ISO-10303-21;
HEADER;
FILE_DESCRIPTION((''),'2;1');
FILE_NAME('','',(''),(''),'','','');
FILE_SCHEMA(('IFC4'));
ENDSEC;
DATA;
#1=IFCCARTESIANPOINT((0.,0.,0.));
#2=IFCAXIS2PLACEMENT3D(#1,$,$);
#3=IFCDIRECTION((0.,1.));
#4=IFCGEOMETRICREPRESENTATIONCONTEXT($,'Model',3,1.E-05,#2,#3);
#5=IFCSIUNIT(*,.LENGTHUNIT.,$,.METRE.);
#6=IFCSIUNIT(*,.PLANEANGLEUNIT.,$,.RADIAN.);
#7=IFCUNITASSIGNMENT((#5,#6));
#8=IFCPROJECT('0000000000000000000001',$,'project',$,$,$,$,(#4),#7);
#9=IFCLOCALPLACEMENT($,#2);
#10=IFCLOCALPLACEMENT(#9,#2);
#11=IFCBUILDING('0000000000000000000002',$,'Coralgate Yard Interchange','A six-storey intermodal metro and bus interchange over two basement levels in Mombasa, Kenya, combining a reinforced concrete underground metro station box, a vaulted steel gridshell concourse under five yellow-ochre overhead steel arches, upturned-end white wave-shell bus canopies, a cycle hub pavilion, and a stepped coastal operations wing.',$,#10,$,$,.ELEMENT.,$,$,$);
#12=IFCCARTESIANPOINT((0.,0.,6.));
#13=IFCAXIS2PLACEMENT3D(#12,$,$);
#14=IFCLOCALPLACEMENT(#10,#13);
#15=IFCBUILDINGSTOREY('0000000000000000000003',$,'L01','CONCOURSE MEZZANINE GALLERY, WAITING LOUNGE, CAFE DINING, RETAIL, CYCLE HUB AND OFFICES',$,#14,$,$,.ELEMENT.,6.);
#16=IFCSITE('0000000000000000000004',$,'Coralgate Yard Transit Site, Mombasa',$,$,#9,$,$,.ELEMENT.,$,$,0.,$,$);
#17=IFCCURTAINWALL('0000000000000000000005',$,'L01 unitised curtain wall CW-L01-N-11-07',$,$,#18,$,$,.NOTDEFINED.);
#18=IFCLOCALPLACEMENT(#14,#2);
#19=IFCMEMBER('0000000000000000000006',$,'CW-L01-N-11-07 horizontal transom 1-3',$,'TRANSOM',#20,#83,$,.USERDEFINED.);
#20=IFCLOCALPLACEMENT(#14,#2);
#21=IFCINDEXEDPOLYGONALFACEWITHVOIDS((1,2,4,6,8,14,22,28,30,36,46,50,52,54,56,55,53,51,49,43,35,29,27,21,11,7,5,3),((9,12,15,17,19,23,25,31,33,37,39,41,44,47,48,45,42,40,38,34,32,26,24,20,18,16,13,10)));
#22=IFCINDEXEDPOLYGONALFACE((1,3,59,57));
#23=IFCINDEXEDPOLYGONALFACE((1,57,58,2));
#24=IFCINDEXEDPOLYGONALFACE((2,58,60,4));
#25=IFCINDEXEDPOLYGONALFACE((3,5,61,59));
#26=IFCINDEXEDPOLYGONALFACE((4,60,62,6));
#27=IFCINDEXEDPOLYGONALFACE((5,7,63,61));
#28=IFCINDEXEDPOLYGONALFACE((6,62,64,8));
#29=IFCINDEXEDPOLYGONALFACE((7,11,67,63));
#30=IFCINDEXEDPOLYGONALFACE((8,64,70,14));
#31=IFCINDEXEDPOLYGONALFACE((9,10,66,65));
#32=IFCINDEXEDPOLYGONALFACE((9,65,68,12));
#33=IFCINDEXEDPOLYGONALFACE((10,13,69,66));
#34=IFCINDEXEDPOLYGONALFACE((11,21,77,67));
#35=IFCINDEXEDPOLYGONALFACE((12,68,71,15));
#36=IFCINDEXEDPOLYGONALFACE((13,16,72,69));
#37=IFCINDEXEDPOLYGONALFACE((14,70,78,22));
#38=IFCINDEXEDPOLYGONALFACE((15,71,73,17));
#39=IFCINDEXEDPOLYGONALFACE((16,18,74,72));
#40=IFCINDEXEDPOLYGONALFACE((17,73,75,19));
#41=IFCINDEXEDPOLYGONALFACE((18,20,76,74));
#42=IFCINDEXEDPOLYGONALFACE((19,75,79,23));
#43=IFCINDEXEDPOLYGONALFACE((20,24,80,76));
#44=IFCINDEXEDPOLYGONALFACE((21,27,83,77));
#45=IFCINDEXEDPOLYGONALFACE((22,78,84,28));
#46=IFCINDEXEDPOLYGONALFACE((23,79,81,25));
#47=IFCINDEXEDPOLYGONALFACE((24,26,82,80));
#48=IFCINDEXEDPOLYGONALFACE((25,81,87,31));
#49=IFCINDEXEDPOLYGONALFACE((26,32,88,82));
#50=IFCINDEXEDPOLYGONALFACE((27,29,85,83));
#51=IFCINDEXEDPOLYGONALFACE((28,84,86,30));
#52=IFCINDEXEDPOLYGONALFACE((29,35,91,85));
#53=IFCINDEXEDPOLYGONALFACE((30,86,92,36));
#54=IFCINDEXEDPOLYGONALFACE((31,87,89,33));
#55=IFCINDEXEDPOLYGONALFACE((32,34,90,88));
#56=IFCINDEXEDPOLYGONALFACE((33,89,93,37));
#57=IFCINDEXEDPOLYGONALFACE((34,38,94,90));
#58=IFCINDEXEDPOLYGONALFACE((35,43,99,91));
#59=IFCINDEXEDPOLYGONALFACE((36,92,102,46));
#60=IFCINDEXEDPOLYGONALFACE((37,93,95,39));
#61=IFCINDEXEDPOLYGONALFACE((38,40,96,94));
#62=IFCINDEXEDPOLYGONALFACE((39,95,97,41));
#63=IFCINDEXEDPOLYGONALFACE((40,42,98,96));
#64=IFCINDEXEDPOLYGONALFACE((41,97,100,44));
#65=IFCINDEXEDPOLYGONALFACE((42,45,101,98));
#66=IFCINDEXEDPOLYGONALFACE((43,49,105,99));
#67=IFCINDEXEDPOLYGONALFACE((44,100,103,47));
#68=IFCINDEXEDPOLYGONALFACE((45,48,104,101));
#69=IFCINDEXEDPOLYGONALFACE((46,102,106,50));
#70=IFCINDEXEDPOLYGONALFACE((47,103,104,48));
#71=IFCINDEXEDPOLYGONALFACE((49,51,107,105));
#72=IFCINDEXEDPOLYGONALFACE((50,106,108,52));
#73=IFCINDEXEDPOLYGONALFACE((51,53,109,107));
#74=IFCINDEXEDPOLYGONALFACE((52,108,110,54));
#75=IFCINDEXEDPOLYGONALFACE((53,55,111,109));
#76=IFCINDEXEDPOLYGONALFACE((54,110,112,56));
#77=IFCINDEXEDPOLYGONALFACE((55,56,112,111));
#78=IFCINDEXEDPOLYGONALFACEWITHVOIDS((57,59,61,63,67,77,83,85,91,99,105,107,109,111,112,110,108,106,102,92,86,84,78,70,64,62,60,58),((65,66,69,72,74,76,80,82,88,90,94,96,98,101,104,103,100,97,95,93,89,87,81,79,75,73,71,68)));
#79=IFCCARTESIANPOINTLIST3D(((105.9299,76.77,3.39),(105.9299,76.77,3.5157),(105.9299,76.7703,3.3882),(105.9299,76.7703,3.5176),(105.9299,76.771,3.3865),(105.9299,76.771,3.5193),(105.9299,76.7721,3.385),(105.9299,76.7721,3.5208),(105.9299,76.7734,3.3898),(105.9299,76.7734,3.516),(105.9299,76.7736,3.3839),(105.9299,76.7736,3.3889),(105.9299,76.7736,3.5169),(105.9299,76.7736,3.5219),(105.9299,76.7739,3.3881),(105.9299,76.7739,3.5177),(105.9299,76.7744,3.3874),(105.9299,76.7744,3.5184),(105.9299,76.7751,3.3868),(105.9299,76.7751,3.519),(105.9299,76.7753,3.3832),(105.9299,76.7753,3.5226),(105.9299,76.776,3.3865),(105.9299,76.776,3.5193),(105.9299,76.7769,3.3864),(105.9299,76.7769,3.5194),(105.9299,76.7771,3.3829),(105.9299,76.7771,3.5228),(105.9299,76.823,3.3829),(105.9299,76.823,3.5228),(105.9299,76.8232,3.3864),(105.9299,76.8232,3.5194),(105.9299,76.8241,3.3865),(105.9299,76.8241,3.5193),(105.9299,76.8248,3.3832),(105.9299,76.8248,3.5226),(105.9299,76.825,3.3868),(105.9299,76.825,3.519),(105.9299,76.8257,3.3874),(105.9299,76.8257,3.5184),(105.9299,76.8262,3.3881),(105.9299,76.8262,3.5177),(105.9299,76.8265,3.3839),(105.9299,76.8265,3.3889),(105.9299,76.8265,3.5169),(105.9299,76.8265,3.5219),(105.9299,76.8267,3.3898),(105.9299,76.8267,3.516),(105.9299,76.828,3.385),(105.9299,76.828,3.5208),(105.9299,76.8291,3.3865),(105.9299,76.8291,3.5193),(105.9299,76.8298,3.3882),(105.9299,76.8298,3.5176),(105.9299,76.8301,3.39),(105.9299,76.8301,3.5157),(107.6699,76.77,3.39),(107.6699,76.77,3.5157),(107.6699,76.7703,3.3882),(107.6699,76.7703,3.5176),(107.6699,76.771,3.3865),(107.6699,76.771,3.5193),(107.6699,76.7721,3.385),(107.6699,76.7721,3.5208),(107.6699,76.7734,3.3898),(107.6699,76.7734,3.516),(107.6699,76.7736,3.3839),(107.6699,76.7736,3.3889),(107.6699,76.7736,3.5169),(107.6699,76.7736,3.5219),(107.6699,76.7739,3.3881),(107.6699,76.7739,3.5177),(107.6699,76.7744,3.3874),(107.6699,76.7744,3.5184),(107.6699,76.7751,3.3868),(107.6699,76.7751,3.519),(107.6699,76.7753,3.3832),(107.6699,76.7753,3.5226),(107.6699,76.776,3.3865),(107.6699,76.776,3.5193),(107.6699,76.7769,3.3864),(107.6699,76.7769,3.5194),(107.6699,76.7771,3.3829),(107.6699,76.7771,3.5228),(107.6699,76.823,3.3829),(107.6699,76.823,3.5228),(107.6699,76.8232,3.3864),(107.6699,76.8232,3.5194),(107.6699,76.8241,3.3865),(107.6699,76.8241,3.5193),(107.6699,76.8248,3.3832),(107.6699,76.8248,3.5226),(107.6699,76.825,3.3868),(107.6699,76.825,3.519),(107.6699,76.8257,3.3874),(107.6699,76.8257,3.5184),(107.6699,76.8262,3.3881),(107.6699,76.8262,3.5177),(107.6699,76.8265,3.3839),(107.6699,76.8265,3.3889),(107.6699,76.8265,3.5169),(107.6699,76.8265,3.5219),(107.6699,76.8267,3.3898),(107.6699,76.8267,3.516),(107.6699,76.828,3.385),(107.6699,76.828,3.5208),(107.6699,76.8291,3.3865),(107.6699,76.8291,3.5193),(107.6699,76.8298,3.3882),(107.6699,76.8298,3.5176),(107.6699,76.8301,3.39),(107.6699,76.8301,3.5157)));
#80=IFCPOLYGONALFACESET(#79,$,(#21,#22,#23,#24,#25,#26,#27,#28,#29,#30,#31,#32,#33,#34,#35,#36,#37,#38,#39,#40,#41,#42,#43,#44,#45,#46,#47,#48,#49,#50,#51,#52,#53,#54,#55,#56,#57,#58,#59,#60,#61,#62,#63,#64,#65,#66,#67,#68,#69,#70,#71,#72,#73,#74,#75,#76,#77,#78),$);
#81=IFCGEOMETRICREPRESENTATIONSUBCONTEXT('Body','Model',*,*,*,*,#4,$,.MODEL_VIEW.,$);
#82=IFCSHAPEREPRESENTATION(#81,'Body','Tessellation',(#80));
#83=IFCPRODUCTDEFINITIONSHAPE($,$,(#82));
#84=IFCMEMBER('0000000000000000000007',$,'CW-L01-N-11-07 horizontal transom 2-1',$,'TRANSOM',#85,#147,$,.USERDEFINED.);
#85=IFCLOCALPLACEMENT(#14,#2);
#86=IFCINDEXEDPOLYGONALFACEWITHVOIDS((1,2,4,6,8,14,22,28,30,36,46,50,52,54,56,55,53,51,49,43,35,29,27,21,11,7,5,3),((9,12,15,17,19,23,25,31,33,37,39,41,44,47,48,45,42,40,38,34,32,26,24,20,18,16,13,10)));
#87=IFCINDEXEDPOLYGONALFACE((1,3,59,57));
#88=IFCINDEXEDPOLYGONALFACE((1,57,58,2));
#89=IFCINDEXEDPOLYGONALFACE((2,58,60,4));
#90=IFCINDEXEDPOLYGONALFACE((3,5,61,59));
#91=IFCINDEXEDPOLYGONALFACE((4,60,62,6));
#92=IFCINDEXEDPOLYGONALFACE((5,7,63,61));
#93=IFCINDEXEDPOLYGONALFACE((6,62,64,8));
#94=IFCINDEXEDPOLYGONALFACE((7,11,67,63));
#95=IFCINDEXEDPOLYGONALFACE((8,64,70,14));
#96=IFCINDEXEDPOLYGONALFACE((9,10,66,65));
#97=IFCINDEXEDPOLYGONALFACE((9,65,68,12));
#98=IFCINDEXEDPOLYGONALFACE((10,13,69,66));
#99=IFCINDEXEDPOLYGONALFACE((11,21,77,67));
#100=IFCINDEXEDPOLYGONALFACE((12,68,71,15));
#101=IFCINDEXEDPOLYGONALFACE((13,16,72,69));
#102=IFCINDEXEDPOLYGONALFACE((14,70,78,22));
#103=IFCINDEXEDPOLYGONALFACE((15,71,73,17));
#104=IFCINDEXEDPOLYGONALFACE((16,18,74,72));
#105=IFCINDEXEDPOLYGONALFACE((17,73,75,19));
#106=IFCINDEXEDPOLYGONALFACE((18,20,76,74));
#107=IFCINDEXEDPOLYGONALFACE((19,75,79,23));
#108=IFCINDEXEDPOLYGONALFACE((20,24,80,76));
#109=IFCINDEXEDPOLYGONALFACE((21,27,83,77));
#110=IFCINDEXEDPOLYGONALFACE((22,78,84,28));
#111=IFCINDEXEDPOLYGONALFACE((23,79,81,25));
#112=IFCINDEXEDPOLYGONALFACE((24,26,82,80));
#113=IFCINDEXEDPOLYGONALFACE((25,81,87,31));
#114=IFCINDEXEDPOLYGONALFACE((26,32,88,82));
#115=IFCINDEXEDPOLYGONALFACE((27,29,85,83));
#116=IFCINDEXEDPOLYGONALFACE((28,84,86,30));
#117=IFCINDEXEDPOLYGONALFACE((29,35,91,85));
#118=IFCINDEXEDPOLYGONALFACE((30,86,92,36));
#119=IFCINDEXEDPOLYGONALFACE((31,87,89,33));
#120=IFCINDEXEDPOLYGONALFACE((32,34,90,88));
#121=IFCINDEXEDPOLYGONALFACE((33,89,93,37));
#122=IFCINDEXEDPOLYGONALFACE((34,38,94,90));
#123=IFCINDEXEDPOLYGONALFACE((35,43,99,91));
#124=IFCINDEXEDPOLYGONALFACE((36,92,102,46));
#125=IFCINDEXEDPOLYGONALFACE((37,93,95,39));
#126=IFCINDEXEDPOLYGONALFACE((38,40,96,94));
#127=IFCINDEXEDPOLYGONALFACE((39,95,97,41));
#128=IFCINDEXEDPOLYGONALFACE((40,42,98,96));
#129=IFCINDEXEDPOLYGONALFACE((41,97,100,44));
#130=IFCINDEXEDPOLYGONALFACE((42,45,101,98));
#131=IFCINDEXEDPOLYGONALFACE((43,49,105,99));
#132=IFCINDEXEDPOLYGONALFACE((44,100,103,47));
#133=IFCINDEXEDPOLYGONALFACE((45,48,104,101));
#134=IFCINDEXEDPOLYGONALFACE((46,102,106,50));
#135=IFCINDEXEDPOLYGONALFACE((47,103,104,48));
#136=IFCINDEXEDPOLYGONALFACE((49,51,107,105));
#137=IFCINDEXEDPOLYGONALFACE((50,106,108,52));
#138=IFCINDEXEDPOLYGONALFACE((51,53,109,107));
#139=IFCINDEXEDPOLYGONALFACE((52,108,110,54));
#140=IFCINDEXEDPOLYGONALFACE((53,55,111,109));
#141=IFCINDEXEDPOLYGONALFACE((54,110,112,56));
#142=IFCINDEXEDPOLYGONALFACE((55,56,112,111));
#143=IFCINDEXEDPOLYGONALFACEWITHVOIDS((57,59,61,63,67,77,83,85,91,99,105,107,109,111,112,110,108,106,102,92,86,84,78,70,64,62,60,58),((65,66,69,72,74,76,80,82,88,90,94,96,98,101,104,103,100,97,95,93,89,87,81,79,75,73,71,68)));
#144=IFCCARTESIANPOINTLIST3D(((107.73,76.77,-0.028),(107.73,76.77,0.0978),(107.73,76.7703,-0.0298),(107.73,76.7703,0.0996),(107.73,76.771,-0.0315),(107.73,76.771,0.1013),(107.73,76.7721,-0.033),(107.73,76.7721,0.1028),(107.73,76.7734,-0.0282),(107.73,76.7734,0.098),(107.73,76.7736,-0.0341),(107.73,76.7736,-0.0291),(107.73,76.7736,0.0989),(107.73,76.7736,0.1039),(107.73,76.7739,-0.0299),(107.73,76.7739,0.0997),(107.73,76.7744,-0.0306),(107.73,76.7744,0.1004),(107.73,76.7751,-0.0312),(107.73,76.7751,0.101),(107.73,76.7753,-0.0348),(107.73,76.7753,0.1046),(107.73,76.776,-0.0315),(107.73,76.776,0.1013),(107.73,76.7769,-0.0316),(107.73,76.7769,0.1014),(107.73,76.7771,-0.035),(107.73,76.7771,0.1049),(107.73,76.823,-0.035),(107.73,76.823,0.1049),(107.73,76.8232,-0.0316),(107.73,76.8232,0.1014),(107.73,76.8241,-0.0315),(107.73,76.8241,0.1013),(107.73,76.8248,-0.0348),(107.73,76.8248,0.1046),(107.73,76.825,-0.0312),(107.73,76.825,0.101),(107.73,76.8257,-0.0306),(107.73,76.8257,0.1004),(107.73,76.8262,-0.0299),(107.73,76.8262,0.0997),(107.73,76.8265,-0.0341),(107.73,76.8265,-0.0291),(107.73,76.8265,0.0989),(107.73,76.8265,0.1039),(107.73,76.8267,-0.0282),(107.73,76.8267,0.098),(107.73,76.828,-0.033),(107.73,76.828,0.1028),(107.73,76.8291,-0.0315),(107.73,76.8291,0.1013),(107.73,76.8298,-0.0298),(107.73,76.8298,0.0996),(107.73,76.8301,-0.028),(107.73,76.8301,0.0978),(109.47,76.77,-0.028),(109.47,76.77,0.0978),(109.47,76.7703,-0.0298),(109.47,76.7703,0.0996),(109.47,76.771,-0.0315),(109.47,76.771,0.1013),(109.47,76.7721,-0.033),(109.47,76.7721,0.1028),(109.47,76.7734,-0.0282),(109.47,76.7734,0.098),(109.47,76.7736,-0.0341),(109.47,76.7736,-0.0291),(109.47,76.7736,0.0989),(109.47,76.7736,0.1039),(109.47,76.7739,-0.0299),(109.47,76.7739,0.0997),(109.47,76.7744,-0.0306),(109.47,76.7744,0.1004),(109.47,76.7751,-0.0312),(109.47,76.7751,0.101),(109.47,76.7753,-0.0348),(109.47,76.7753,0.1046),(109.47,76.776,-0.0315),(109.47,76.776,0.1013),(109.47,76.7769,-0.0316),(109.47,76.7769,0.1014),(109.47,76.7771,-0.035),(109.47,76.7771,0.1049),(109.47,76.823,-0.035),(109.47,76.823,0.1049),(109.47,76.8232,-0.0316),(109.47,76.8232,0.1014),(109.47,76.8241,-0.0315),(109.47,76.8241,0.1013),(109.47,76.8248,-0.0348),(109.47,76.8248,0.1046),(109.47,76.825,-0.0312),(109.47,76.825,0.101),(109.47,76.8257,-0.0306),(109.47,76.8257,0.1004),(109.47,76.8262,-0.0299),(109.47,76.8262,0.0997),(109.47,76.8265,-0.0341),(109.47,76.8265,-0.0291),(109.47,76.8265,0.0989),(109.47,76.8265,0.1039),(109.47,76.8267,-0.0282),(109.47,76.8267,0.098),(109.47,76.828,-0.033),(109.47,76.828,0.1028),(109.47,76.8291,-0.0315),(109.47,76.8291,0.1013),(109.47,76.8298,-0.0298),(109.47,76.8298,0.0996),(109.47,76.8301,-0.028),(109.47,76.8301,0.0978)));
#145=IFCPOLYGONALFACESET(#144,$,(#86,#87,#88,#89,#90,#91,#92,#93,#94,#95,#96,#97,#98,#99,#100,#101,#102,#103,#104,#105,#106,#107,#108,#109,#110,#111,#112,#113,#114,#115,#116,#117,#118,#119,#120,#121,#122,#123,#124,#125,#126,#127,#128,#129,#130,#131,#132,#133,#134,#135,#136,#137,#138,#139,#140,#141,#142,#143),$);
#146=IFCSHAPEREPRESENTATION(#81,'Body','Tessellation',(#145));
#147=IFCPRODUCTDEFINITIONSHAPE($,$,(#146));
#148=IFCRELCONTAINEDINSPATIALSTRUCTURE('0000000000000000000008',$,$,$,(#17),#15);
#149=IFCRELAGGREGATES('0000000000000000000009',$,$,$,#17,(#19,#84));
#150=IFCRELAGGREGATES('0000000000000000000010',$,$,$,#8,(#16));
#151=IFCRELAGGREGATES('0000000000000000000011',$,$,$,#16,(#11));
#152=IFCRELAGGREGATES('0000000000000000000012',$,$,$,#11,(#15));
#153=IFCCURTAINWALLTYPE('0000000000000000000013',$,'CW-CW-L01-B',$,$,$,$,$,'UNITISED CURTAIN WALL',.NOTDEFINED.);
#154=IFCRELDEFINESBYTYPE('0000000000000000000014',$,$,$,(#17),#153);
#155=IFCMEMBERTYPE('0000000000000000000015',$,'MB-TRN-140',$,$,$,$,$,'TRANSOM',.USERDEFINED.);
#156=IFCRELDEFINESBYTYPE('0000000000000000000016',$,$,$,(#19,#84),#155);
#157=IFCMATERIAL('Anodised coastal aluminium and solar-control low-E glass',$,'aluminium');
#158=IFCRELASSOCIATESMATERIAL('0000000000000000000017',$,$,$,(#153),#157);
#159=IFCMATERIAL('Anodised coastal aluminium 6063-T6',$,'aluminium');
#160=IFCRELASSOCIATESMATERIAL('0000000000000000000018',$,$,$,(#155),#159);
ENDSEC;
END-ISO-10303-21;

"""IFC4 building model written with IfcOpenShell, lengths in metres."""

from ifc_helpers import new_model, si_unit, direction, frame, origin, origin_2d, place, context, subcontext, project, spatial, hollow_rectangle, extrude, material, material_profile, profile_set, type_object, element, aggregate, save


model = new_model("IFC4")

# Units and contexts
model_context = context("Model", 3, precision=1e-05, world=origin(), true_north=direction((0.0, 1.0)))
body_context = subcontext(model_context, "Body", "Model", "MODEL_VIEW")
ifc_project = project(units=[si_unit("LENGTHUNIT", "METRE"), si_unit("PLANEANGLEUNIT", "RADIAN")], contexts=[model_context])

# Site, building, storey
site_placement = place(None, origin())
site = spatial("IfcSite", under=ifc_project, at=site_placement, Name="Coralgate Yard Transit Site, Mombasa", CompositionType="ELEMENT", RefElevation=0.0)
building_placement = place(site_placement, origin())
building = spatial("IfcBuilding", under=site, at=building_placement, Name="Coralgate Yard Interchange", Description="A six-storey intermodal metro and bus interchange over two basement levels in Mombasa, Kenya, combining a reinforced concrete underground metro station box, a vaulted steel gridshell concourse under five yellow-ochre overhead steel arches, upturned-end white wave-shell bus canopies, a cycle hub pavilion, and a stepped coastal operations wing.", CompositionType="ELEMENT")
storey_placement = place(building_placement, frame((0.0, 0.0, 6.0)))
storey = spatial("IfcBuildingStorey", under=building, at=storey_placement, Name="L01", Description="CONCOURSE MEZZANINE GALLERY, WAITING LOUNGE, CAFE DINING, RETAIL, CYCLE HUB AND OFFICES", CompositionType="ELEMENT", Elevation=6.0)

# Curtain wall
ifc_material_1 = material(Name="Anodised coastal aluminium and solar-control low-E glass", Category="aluminium")
curtain_wall_type = type_object("IfcCurtainWallType", Name="CW-CW-L01-B", ElementType="UNITISED CURTAIN WALL", PredefinedType="NOTDEFINED", material=ifc_material_1)
ifc_material_2 = material(Name="Anodised coastal aluminium 6063-T6", Category="aluminium")
curtain_wall_1_placement = place(storey_placement, origin())
curtain_wall_1 = element("IfcCurtainWall", 1, at=curtain_wall_1_placement, inside=storey, type_object=curtain_wall_type, Name="L01 unitised curtain wall CW-L01-N-11-07", PredefinedType="NOTDEFINED")

# Members
ifc_material_profile_1 = material_profile(ifc_material_2, hollow_rectangle(XDim=0.0601, YDim=0.1399, WallThickness=0.0034, InnerFilletRadius=0.0034, OuterFilletRadius=0.0071, at=origin_2d()), Name="ALU 60x140x3.5")
ifc_profile_set_1 = profile_set([ifc_material_profile_1], Name="Anodised coastal aluminium 6063-T6")
member_type_1 = type_object("IfcMemberType", Name="MB-TRN-140", ElementType="TRANSOM", PredefinedType="USERDEFINED", material=ifc_profile_set_1)
member_1_placement = place(storey_placement, frame((105.9299, 76.8, 3.4529), z_axis=(1.0, 0.0, 0.0), x_axis=(0.0, 1.0, 0.0)))
member_1 = element("IfcMember", 2, at=member_1_placement, type_object=member_type_1, Name="CW-L01-N-11-07 horizontal transom 1-3", ObjectType="TRANSOM", PredefinedType="USERDEFINED", context=body_context, shape_type="SweptSolid", body=[
    extrude(hollow_rectangle(XDim=0.0601, YDim=0.1399, WallThickness=0.0034, InnerFilletRadius=0.0034, OuterFilletRadius=0.0071, at=origin_2d()), origin(), (0.0, 0.0, 1.0), 1.74),
])
member_2_placement = place(storey_placement, frame((107.73, 76.8, 0.0349), z_axis=(1.0, 0.0, 0.0), x_axis=(0.0, 1.0, 0.0)))
member_2 = element("IfcMember", 3, at=member_2_placement, type_object=member_type_1, Name="CW-L01-N-11-07 horizontal transom 2-1", ObjectType="TRANSOM", PredefinedType="USERDEFINED", context=body_context, shape_type="SweptSolid", body=[
    extrude(hollow_rectangle(XDim=0.0601, YDim=0.1399, WallThickness=0.0034, InnerFilletRadius=0.0034, OuterFilletRadius=0.0071, at=origin_2d()), origin(), (0.0, 0.0, 1.0), 1.74),
])

aggregate(curtain_wall_1, [member_1, member_2])

save(model, "model.ifc")
